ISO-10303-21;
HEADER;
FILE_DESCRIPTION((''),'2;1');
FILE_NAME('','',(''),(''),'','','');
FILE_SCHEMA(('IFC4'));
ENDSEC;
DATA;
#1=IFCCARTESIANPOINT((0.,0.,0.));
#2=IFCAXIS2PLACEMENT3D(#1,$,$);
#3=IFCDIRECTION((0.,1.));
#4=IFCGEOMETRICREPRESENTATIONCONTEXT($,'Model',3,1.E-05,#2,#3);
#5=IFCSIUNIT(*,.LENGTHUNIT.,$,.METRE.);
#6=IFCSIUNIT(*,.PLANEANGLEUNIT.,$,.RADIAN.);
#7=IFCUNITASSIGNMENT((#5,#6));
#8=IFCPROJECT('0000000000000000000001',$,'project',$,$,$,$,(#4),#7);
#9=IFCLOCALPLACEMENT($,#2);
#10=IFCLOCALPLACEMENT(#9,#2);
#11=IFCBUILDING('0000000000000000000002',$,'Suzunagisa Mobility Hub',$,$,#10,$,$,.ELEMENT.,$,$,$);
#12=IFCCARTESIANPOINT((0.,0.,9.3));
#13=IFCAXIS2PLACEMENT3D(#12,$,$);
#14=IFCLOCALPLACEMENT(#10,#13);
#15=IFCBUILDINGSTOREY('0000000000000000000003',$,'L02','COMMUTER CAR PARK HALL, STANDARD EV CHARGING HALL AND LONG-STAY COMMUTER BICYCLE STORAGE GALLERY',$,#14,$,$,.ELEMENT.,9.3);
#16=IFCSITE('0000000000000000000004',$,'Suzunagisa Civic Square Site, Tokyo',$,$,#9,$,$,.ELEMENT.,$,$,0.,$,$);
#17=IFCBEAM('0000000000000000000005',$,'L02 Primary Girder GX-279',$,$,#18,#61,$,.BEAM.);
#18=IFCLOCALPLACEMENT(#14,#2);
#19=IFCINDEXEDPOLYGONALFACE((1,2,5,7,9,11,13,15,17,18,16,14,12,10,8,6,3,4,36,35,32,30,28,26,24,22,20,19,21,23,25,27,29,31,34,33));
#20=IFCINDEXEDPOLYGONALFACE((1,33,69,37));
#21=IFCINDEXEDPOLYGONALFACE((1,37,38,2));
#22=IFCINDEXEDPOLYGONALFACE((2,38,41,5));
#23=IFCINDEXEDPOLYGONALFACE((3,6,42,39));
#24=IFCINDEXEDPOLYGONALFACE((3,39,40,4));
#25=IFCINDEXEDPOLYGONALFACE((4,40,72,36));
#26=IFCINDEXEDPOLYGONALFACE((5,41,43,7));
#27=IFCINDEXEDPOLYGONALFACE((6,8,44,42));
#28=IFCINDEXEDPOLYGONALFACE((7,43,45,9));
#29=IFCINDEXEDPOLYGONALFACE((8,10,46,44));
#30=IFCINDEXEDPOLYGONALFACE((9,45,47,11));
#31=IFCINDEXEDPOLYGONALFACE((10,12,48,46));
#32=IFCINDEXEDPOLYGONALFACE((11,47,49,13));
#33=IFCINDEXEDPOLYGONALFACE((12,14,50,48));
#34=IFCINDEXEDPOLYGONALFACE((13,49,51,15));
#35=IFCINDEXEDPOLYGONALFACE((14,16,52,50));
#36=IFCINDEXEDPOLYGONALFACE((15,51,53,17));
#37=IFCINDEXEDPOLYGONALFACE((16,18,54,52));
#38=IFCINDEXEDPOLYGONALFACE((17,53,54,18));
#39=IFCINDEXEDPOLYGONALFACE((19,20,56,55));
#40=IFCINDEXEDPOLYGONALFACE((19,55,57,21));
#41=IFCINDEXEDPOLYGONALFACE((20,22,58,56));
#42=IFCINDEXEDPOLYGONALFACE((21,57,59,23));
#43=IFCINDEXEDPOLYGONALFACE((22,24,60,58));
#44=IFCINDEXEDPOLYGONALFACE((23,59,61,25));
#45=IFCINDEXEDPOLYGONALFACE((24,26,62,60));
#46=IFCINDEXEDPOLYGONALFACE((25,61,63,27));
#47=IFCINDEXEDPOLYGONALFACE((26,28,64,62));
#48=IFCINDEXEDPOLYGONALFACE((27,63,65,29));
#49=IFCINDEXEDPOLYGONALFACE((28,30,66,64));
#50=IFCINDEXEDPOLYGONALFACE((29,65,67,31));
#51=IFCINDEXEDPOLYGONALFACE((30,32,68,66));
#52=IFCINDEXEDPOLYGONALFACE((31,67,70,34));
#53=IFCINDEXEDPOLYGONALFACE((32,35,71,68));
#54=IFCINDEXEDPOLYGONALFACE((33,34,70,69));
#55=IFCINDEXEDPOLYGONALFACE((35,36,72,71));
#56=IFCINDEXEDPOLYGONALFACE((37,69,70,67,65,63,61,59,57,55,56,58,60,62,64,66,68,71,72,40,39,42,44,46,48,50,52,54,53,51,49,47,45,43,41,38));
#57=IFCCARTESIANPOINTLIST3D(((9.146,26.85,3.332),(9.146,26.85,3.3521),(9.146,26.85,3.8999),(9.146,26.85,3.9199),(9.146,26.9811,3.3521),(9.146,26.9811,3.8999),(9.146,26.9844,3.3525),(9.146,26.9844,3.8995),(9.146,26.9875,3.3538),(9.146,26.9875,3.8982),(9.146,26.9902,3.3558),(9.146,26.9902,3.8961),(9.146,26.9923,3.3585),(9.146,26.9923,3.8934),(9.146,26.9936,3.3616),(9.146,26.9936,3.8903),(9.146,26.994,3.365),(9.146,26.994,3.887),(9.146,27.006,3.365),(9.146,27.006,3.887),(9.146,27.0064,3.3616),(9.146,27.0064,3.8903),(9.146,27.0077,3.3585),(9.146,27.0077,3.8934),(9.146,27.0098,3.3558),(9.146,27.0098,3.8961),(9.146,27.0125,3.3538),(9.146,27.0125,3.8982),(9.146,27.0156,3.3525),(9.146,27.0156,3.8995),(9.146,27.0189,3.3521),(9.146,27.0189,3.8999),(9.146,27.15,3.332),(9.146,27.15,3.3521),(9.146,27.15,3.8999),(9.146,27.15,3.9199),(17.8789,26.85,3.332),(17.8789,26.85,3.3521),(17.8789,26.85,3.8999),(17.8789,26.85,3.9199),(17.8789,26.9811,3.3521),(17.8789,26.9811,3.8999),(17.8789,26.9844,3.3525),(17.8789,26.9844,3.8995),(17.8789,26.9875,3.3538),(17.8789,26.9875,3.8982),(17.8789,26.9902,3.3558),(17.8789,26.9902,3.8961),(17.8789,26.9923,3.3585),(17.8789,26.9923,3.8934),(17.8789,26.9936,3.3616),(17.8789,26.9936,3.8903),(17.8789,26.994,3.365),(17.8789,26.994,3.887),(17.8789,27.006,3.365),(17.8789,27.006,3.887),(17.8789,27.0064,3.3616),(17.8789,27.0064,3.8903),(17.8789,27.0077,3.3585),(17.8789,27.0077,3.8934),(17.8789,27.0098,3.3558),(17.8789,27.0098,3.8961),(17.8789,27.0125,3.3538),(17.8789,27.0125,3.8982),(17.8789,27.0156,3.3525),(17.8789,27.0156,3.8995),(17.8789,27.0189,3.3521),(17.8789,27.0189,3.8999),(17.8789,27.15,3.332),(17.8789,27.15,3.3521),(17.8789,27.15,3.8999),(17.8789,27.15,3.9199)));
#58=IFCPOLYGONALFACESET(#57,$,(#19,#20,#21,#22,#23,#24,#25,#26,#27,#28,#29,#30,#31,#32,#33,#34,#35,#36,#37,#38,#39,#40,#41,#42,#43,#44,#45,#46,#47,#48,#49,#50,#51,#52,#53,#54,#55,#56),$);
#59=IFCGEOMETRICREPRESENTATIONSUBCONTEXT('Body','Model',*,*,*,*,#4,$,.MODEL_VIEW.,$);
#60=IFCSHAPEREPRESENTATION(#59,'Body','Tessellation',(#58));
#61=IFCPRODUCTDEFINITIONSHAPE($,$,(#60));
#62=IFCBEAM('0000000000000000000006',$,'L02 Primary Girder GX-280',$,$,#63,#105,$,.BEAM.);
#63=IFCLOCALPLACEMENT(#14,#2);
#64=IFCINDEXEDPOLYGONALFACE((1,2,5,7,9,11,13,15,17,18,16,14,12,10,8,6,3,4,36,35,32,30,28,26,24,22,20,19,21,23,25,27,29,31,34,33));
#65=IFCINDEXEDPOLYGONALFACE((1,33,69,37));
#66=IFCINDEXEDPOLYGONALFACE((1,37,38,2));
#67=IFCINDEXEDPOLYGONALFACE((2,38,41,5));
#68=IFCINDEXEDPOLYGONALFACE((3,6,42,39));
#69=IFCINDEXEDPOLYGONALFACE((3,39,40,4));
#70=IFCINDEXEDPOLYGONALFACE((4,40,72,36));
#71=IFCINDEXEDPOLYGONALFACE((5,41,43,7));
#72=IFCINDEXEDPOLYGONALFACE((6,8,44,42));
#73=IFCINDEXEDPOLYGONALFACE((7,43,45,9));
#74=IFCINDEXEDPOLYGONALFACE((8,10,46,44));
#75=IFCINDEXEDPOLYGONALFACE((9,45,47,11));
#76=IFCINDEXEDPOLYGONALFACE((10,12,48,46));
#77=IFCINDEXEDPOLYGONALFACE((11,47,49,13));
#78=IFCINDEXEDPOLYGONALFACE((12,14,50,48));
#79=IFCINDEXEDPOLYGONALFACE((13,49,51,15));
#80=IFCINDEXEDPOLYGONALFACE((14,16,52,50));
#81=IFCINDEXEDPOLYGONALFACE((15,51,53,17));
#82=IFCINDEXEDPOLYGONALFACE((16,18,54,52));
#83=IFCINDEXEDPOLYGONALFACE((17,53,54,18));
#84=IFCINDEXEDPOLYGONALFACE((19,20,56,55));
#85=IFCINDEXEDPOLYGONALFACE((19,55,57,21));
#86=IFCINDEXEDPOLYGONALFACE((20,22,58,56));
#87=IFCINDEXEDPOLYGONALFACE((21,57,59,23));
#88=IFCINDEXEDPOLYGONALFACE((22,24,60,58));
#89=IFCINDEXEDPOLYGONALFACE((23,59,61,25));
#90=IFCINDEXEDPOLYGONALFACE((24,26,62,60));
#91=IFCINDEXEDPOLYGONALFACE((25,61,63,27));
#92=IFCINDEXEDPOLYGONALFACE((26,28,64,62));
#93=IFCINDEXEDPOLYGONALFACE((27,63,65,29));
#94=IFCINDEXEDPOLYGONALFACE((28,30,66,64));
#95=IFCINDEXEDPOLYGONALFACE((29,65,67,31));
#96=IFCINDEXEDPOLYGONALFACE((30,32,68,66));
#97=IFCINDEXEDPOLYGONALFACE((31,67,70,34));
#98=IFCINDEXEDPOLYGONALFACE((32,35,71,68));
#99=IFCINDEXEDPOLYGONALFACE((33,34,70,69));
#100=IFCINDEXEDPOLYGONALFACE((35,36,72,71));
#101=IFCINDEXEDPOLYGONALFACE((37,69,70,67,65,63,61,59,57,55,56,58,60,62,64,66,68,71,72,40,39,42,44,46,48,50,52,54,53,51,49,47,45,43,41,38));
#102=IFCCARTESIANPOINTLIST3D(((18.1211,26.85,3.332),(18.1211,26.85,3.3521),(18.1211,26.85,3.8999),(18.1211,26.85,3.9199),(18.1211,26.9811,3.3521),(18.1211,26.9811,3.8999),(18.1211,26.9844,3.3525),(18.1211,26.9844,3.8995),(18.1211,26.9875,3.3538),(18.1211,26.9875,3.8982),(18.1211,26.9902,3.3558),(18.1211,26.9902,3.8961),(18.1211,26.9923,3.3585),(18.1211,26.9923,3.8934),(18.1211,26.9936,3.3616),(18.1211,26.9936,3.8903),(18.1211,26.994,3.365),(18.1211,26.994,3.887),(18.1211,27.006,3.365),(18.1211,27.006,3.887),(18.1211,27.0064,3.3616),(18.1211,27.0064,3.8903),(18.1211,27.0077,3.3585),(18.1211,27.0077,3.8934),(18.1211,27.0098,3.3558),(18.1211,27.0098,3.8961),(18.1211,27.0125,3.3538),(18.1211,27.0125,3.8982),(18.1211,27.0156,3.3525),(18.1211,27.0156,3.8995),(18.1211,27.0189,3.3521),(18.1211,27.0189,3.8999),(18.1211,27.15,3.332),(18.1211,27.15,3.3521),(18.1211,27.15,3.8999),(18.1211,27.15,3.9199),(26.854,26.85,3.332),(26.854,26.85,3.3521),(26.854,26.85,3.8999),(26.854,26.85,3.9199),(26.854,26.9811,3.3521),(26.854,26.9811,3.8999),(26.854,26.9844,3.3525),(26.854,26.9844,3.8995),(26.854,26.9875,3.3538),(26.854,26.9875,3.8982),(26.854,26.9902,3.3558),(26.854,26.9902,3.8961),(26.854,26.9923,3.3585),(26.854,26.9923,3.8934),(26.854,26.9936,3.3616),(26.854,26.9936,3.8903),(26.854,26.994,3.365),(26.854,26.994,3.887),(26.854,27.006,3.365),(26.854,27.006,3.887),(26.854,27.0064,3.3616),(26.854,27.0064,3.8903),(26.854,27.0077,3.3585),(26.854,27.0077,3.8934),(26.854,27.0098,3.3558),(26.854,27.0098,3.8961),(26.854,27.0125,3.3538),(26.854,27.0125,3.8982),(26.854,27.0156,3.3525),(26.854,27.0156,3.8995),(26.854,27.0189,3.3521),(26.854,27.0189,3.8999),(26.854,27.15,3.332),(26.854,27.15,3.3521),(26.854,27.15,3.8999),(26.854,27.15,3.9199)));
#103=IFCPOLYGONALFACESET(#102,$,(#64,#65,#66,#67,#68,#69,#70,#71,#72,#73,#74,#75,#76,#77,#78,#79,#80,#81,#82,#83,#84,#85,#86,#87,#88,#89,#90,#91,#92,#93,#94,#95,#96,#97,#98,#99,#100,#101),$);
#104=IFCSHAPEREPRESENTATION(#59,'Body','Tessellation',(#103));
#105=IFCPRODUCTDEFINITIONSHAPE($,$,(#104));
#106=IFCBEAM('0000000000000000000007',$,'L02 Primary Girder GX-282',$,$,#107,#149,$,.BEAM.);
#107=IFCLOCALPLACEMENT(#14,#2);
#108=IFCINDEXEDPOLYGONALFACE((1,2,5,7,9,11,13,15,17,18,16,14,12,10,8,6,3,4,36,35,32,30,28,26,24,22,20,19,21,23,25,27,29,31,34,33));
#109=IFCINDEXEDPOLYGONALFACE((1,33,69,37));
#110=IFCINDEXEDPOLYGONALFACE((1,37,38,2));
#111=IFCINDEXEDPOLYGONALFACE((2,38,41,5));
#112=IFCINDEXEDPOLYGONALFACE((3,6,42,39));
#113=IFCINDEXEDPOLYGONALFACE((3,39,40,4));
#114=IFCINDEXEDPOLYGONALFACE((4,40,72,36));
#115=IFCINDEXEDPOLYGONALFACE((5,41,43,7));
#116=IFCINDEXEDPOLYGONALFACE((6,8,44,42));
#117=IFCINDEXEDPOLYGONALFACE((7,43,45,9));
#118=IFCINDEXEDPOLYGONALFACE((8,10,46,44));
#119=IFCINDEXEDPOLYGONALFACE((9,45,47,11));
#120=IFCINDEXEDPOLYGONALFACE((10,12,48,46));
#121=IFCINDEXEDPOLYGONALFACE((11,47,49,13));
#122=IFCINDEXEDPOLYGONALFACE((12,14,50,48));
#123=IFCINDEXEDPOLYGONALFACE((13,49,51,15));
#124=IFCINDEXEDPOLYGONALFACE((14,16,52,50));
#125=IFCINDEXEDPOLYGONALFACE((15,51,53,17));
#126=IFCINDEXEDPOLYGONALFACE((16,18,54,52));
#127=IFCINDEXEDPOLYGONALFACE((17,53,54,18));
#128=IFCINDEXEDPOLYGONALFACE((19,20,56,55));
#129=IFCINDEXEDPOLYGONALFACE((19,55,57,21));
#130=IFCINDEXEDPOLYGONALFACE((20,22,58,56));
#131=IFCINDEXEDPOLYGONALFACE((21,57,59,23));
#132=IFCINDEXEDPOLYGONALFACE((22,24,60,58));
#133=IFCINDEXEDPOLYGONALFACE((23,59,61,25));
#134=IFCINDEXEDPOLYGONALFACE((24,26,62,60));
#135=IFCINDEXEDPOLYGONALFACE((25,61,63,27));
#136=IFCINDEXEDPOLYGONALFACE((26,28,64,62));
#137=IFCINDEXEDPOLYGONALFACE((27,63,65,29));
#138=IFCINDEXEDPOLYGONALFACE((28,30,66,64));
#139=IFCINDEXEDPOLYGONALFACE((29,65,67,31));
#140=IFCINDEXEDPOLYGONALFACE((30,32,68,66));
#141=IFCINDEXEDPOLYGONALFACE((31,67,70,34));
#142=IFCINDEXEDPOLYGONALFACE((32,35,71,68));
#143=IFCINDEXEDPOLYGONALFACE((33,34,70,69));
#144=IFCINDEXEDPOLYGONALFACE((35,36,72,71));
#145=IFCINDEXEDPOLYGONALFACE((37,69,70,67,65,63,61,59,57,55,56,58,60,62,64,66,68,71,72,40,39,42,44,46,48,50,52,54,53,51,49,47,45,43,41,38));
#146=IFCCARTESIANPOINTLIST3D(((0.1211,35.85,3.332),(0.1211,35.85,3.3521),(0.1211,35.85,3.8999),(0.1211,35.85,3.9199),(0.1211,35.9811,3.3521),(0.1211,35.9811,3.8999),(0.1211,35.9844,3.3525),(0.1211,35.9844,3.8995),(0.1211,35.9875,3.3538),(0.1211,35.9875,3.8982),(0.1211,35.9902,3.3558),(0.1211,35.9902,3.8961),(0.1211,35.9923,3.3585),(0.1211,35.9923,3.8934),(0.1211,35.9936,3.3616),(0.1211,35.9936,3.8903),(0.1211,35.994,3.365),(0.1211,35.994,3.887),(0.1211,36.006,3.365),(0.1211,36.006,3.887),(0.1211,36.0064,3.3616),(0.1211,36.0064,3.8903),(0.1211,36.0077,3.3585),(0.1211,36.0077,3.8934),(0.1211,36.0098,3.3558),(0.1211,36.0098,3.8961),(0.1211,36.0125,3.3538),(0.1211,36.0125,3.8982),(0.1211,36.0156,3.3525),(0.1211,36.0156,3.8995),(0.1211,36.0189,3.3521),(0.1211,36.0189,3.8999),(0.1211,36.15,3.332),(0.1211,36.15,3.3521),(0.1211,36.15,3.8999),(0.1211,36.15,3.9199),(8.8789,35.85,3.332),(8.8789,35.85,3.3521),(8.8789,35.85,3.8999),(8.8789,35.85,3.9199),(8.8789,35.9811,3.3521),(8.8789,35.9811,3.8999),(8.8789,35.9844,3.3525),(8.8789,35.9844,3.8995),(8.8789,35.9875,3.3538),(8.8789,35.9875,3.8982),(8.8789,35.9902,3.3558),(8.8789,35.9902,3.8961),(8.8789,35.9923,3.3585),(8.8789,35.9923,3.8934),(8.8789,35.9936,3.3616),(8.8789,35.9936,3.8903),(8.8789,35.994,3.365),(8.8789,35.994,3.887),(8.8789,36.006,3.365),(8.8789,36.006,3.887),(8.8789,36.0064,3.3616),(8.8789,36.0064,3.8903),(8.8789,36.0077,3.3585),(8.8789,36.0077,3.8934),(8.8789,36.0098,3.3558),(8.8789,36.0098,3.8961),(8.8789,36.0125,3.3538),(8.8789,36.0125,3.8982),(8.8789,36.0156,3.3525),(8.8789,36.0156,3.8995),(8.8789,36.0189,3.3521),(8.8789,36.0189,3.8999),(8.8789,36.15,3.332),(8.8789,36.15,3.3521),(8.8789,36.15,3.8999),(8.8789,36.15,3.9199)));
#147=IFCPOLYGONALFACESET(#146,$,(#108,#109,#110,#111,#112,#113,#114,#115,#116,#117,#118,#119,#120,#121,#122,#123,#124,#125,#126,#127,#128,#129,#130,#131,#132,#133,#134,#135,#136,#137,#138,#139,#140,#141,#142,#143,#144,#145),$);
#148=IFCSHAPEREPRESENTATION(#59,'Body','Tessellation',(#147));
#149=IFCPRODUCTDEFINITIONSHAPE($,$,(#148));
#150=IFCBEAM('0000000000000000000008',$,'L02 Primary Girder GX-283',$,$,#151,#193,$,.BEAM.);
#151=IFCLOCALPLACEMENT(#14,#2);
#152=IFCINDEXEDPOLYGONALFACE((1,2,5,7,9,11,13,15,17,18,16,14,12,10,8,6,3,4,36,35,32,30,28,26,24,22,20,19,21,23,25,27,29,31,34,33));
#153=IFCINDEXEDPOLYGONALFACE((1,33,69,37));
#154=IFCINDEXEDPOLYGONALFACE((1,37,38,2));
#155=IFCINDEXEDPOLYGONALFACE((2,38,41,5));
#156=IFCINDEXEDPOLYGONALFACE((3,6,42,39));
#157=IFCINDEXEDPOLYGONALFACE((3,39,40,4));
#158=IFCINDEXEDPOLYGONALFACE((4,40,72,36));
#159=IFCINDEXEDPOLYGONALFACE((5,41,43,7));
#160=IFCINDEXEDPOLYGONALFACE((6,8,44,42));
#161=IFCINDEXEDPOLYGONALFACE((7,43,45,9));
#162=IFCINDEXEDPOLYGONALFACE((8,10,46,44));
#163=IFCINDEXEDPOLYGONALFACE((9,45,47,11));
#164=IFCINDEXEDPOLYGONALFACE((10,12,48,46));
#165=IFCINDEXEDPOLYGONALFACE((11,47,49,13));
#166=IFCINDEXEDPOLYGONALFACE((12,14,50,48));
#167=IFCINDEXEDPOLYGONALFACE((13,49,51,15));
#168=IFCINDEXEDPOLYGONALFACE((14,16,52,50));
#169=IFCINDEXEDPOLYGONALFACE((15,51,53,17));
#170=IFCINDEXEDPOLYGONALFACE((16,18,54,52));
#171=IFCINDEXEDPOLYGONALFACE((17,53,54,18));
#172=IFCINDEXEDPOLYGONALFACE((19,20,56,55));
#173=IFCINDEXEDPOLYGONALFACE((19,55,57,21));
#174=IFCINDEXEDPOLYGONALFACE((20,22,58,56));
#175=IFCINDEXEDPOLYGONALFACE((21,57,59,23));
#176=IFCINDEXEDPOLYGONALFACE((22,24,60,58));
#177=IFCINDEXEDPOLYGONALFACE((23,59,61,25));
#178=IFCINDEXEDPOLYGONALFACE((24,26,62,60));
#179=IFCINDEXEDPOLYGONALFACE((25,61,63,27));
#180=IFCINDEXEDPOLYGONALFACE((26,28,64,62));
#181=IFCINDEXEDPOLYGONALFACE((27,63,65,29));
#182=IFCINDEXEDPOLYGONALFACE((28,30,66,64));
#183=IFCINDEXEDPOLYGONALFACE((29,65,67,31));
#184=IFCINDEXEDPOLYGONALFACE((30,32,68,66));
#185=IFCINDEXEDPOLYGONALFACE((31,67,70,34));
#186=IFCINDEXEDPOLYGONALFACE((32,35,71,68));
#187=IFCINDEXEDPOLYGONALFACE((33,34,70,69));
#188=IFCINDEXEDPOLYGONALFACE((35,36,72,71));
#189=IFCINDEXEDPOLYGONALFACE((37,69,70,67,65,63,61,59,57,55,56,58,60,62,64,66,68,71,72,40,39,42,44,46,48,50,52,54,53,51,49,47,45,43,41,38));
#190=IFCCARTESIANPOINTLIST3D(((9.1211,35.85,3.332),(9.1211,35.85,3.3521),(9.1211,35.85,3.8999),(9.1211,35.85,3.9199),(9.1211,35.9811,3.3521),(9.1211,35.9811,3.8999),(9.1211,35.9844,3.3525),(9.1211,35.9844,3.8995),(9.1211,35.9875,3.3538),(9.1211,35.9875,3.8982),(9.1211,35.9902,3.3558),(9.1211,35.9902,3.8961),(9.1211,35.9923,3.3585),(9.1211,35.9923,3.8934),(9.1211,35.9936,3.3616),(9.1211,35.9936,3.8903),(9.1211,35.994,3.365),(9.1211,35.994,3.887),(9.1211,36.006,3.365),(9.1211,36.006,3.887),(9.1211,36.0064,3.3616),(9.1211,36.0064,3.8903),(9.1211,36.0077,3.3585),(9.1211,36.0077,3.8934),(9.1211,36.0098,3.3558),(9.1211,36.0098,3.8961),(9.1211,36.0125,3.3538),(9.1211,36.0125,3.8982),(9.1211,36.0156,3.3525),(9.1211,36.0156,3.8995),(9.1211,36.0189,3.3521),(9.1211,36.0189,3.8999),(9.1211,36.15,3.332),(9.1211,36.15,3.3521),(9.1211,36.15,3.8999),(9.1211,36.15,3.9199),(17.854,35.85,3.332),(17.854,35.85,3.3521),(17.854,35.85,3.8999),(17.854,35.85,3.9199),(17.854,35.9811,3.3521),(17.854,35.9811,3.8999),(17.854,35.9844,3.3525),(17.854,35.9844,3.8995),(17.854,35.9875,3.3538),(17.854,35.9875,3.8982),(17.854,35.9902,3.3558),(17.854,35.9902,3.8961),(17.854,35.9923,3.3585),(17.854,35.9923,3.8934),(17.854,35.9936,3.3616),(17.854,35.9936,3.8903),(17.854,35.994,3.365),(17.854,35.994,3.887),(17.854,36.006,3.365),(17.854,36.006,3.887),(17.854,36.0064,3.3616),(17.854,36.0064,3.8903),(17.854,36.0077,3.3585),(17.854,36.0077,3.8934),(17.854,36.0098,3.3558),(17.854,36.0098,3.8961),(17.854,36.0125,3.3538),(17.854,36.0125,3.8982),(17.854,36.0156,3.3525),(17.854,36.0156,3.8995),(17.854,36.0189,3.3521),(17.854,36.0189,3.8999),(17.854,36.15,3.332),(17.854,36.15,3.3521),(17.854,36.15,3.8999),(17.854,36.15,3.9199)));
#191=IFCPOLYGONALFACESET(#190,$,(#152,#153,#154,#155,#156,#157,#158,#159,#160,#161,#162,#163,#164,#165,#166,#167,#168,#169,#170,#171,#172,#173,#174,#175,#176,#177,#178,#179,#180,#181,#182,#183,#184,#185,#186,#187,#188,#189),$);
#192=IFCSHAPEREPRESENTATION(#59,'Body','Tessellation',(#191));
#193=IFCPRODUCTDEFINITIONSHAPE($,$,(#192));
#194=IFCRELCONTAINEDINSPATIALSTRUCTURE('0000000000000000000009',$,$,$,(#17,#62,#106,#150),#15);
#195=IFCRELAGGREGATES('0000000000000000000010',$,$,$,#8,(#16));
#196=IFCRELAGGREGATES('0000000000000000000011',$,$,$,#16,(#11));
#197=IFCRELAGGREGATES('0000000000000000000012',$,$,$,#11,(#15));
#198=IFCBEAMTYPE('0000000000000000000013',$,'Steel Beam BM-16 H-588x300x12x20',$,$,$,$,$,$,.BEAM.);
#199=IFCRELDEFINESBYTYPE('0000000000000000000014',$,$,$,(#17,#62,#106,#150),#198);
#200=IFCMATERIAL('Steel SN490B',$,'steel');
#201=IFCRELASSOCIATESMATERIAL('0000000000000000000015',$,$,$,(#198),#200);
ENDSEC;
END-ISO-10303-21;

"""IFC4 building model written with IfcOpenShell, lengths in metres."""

from ifc_helpers import new_model, si_unit, direction, frame, origin, origin_2d, place, context, subcontext, project, spatial, i_section, extrude, material, material_profile, profile_set, type_object, element, save


model = new_model("IFC4")

# Units and contexts
model_context = context("Model", 3, precision=1e-05, world=origin(), true_north=direction((0.0, 1.0)))
body_context = subcontext(model_context, "Body", "Model", "MODEL_VIEW")
ifc_project = project(units=[si_unit("LENGTHUNIT", "METRE"), si_unit("PLANEANGLEUNIT", "RADIAN")], contexts=[model_context])

# Site, building, storey
site_placement = place(None, origin())
site = spatial("IfcSite", under=ifc_project, at=site_placement, Name="Suzunagisa Civic Square Site, Tokyo", CompositionType="ELEMENT", RefElevation=0.0)
building_placement = place(site_placement, origin())
building = spatial("IfcBuilding", under=site, at=building_placement, Name="Suzunagisa Mobility Hub", CompositionType="ELEMENT")
storey_placement = place(building_placement, frame((0.0, 0.0, 9.3)))
storey = spatial("IfcBuildingStorey", under=building, at=storey_placement, Name="L02", Description="COMMUTER CAR PARK HALL, STANDARD EV CHARGING HALL AND LONG-STAY COMMUTER BICYCLE STORAGE GALLERY", CompositionType="ELEMENT", Elevation=9.3)

# Shared definitions
ifc_material_1 = material(Name="Steel SN490B", Category="steel")

# Beams
ifc_material_profile_1 = material_profile(ifc_material_1, i_section(OverallWidth=0.3, OverallDepth=0.5879, WebThickness=0.012, FlangeThickness=0.02, FilletRadius=0.0129, at=origin_2d()), Name="H-588x300x12x20")
ifc_profile_set_1 = profile_set([ifc_material_profile_1], Name="Steel SN490B")
beam_type_1 = type_object("IfcBeamType", Name="Steel Beam BM-16 H-588x300x12x20", PredefinedType="BEAM", material=ifc_profile_set_1)
for number, where, z_axis, x_axis, name in (
    (1, (9.146, 27.0, 3.626), (1.0, 0.0, 0.0), (0.0, 1.0, 0.0), "L02 Primary Girder GX-279"),
    (2, (18.1211, 27.0, 3.626), (1.0, 0.0, 0.0), (0.0, 1.0, 0.0), "L02 Primary Girder GX-280"),
):
    element("IfcBeam", number, at=place(storey_placement, frame(where, z_axis=z_axis, x_axis=x_axis)), inside=storey, type_object=beam_type_1, Name=name, PredefinedType="BEAM", context=body_context, shape_type="SweptSolid", body=[
        extrude(i_section(OverallWidth=0.3, OverallDepth=0.5879, WebThickness=0.012, FlangeThickness=0.02, FilletRadius=0.0129, at=origin_2d()), origin(), (0.0, 0.0, 1.0), 8.7329),
    ])
beam_1_placement = place(storey_placement, frame((0.1211, 36.0, 3.626), z_axis=(1.0, 0.0, 0.0), x_axis=(0.0, 1.0, 0.0)))
element("IfcBeam", 3, at=beam_1_placement, inside=storey, type_object=beam_type_1, Name="L02 Primary Girder GX-282", PredefinedType="BEAM", context=body_context, shape_type="SweptSolid", body=[
    extrude(i_section(OverallWidth=0.3, OverallDepth=0.5879, WebThickness=0.012, FlangeThickness=0.02, FilletRadius=0.0129, at=origin_2d()), origin(), (0.0, 0.0, 1.0), 8.7578),
])
for number, where, z_axis, x_axis, name in (
    (4, (9.1211, 36.0, 3.626), (1.0, 0.0, 0.0), (0.0, 1.0, 0.0), "L02 Primary Girder GX-283"),
):
    element("IfcBeam", number, at=place(storey_placement, frame(where, z_axis=z_axis, x_axis=x_axis)), inside=storey, type_object=beam_type_1, Name=name, PredefinedType="BEAM", context=body_context, shape_type="SweptSolid", body=[
        extrude(i_section(OverallWidth=0.3, OverallDepth=0.5879, WebThickness=0.012, FlangeThickness=0.02, FilletRadius=0.0129, at=origin_2d()), origin(), (0.0, 0.0, 1.0), 8.7329),
    ])

save(model, "model.ifc")
